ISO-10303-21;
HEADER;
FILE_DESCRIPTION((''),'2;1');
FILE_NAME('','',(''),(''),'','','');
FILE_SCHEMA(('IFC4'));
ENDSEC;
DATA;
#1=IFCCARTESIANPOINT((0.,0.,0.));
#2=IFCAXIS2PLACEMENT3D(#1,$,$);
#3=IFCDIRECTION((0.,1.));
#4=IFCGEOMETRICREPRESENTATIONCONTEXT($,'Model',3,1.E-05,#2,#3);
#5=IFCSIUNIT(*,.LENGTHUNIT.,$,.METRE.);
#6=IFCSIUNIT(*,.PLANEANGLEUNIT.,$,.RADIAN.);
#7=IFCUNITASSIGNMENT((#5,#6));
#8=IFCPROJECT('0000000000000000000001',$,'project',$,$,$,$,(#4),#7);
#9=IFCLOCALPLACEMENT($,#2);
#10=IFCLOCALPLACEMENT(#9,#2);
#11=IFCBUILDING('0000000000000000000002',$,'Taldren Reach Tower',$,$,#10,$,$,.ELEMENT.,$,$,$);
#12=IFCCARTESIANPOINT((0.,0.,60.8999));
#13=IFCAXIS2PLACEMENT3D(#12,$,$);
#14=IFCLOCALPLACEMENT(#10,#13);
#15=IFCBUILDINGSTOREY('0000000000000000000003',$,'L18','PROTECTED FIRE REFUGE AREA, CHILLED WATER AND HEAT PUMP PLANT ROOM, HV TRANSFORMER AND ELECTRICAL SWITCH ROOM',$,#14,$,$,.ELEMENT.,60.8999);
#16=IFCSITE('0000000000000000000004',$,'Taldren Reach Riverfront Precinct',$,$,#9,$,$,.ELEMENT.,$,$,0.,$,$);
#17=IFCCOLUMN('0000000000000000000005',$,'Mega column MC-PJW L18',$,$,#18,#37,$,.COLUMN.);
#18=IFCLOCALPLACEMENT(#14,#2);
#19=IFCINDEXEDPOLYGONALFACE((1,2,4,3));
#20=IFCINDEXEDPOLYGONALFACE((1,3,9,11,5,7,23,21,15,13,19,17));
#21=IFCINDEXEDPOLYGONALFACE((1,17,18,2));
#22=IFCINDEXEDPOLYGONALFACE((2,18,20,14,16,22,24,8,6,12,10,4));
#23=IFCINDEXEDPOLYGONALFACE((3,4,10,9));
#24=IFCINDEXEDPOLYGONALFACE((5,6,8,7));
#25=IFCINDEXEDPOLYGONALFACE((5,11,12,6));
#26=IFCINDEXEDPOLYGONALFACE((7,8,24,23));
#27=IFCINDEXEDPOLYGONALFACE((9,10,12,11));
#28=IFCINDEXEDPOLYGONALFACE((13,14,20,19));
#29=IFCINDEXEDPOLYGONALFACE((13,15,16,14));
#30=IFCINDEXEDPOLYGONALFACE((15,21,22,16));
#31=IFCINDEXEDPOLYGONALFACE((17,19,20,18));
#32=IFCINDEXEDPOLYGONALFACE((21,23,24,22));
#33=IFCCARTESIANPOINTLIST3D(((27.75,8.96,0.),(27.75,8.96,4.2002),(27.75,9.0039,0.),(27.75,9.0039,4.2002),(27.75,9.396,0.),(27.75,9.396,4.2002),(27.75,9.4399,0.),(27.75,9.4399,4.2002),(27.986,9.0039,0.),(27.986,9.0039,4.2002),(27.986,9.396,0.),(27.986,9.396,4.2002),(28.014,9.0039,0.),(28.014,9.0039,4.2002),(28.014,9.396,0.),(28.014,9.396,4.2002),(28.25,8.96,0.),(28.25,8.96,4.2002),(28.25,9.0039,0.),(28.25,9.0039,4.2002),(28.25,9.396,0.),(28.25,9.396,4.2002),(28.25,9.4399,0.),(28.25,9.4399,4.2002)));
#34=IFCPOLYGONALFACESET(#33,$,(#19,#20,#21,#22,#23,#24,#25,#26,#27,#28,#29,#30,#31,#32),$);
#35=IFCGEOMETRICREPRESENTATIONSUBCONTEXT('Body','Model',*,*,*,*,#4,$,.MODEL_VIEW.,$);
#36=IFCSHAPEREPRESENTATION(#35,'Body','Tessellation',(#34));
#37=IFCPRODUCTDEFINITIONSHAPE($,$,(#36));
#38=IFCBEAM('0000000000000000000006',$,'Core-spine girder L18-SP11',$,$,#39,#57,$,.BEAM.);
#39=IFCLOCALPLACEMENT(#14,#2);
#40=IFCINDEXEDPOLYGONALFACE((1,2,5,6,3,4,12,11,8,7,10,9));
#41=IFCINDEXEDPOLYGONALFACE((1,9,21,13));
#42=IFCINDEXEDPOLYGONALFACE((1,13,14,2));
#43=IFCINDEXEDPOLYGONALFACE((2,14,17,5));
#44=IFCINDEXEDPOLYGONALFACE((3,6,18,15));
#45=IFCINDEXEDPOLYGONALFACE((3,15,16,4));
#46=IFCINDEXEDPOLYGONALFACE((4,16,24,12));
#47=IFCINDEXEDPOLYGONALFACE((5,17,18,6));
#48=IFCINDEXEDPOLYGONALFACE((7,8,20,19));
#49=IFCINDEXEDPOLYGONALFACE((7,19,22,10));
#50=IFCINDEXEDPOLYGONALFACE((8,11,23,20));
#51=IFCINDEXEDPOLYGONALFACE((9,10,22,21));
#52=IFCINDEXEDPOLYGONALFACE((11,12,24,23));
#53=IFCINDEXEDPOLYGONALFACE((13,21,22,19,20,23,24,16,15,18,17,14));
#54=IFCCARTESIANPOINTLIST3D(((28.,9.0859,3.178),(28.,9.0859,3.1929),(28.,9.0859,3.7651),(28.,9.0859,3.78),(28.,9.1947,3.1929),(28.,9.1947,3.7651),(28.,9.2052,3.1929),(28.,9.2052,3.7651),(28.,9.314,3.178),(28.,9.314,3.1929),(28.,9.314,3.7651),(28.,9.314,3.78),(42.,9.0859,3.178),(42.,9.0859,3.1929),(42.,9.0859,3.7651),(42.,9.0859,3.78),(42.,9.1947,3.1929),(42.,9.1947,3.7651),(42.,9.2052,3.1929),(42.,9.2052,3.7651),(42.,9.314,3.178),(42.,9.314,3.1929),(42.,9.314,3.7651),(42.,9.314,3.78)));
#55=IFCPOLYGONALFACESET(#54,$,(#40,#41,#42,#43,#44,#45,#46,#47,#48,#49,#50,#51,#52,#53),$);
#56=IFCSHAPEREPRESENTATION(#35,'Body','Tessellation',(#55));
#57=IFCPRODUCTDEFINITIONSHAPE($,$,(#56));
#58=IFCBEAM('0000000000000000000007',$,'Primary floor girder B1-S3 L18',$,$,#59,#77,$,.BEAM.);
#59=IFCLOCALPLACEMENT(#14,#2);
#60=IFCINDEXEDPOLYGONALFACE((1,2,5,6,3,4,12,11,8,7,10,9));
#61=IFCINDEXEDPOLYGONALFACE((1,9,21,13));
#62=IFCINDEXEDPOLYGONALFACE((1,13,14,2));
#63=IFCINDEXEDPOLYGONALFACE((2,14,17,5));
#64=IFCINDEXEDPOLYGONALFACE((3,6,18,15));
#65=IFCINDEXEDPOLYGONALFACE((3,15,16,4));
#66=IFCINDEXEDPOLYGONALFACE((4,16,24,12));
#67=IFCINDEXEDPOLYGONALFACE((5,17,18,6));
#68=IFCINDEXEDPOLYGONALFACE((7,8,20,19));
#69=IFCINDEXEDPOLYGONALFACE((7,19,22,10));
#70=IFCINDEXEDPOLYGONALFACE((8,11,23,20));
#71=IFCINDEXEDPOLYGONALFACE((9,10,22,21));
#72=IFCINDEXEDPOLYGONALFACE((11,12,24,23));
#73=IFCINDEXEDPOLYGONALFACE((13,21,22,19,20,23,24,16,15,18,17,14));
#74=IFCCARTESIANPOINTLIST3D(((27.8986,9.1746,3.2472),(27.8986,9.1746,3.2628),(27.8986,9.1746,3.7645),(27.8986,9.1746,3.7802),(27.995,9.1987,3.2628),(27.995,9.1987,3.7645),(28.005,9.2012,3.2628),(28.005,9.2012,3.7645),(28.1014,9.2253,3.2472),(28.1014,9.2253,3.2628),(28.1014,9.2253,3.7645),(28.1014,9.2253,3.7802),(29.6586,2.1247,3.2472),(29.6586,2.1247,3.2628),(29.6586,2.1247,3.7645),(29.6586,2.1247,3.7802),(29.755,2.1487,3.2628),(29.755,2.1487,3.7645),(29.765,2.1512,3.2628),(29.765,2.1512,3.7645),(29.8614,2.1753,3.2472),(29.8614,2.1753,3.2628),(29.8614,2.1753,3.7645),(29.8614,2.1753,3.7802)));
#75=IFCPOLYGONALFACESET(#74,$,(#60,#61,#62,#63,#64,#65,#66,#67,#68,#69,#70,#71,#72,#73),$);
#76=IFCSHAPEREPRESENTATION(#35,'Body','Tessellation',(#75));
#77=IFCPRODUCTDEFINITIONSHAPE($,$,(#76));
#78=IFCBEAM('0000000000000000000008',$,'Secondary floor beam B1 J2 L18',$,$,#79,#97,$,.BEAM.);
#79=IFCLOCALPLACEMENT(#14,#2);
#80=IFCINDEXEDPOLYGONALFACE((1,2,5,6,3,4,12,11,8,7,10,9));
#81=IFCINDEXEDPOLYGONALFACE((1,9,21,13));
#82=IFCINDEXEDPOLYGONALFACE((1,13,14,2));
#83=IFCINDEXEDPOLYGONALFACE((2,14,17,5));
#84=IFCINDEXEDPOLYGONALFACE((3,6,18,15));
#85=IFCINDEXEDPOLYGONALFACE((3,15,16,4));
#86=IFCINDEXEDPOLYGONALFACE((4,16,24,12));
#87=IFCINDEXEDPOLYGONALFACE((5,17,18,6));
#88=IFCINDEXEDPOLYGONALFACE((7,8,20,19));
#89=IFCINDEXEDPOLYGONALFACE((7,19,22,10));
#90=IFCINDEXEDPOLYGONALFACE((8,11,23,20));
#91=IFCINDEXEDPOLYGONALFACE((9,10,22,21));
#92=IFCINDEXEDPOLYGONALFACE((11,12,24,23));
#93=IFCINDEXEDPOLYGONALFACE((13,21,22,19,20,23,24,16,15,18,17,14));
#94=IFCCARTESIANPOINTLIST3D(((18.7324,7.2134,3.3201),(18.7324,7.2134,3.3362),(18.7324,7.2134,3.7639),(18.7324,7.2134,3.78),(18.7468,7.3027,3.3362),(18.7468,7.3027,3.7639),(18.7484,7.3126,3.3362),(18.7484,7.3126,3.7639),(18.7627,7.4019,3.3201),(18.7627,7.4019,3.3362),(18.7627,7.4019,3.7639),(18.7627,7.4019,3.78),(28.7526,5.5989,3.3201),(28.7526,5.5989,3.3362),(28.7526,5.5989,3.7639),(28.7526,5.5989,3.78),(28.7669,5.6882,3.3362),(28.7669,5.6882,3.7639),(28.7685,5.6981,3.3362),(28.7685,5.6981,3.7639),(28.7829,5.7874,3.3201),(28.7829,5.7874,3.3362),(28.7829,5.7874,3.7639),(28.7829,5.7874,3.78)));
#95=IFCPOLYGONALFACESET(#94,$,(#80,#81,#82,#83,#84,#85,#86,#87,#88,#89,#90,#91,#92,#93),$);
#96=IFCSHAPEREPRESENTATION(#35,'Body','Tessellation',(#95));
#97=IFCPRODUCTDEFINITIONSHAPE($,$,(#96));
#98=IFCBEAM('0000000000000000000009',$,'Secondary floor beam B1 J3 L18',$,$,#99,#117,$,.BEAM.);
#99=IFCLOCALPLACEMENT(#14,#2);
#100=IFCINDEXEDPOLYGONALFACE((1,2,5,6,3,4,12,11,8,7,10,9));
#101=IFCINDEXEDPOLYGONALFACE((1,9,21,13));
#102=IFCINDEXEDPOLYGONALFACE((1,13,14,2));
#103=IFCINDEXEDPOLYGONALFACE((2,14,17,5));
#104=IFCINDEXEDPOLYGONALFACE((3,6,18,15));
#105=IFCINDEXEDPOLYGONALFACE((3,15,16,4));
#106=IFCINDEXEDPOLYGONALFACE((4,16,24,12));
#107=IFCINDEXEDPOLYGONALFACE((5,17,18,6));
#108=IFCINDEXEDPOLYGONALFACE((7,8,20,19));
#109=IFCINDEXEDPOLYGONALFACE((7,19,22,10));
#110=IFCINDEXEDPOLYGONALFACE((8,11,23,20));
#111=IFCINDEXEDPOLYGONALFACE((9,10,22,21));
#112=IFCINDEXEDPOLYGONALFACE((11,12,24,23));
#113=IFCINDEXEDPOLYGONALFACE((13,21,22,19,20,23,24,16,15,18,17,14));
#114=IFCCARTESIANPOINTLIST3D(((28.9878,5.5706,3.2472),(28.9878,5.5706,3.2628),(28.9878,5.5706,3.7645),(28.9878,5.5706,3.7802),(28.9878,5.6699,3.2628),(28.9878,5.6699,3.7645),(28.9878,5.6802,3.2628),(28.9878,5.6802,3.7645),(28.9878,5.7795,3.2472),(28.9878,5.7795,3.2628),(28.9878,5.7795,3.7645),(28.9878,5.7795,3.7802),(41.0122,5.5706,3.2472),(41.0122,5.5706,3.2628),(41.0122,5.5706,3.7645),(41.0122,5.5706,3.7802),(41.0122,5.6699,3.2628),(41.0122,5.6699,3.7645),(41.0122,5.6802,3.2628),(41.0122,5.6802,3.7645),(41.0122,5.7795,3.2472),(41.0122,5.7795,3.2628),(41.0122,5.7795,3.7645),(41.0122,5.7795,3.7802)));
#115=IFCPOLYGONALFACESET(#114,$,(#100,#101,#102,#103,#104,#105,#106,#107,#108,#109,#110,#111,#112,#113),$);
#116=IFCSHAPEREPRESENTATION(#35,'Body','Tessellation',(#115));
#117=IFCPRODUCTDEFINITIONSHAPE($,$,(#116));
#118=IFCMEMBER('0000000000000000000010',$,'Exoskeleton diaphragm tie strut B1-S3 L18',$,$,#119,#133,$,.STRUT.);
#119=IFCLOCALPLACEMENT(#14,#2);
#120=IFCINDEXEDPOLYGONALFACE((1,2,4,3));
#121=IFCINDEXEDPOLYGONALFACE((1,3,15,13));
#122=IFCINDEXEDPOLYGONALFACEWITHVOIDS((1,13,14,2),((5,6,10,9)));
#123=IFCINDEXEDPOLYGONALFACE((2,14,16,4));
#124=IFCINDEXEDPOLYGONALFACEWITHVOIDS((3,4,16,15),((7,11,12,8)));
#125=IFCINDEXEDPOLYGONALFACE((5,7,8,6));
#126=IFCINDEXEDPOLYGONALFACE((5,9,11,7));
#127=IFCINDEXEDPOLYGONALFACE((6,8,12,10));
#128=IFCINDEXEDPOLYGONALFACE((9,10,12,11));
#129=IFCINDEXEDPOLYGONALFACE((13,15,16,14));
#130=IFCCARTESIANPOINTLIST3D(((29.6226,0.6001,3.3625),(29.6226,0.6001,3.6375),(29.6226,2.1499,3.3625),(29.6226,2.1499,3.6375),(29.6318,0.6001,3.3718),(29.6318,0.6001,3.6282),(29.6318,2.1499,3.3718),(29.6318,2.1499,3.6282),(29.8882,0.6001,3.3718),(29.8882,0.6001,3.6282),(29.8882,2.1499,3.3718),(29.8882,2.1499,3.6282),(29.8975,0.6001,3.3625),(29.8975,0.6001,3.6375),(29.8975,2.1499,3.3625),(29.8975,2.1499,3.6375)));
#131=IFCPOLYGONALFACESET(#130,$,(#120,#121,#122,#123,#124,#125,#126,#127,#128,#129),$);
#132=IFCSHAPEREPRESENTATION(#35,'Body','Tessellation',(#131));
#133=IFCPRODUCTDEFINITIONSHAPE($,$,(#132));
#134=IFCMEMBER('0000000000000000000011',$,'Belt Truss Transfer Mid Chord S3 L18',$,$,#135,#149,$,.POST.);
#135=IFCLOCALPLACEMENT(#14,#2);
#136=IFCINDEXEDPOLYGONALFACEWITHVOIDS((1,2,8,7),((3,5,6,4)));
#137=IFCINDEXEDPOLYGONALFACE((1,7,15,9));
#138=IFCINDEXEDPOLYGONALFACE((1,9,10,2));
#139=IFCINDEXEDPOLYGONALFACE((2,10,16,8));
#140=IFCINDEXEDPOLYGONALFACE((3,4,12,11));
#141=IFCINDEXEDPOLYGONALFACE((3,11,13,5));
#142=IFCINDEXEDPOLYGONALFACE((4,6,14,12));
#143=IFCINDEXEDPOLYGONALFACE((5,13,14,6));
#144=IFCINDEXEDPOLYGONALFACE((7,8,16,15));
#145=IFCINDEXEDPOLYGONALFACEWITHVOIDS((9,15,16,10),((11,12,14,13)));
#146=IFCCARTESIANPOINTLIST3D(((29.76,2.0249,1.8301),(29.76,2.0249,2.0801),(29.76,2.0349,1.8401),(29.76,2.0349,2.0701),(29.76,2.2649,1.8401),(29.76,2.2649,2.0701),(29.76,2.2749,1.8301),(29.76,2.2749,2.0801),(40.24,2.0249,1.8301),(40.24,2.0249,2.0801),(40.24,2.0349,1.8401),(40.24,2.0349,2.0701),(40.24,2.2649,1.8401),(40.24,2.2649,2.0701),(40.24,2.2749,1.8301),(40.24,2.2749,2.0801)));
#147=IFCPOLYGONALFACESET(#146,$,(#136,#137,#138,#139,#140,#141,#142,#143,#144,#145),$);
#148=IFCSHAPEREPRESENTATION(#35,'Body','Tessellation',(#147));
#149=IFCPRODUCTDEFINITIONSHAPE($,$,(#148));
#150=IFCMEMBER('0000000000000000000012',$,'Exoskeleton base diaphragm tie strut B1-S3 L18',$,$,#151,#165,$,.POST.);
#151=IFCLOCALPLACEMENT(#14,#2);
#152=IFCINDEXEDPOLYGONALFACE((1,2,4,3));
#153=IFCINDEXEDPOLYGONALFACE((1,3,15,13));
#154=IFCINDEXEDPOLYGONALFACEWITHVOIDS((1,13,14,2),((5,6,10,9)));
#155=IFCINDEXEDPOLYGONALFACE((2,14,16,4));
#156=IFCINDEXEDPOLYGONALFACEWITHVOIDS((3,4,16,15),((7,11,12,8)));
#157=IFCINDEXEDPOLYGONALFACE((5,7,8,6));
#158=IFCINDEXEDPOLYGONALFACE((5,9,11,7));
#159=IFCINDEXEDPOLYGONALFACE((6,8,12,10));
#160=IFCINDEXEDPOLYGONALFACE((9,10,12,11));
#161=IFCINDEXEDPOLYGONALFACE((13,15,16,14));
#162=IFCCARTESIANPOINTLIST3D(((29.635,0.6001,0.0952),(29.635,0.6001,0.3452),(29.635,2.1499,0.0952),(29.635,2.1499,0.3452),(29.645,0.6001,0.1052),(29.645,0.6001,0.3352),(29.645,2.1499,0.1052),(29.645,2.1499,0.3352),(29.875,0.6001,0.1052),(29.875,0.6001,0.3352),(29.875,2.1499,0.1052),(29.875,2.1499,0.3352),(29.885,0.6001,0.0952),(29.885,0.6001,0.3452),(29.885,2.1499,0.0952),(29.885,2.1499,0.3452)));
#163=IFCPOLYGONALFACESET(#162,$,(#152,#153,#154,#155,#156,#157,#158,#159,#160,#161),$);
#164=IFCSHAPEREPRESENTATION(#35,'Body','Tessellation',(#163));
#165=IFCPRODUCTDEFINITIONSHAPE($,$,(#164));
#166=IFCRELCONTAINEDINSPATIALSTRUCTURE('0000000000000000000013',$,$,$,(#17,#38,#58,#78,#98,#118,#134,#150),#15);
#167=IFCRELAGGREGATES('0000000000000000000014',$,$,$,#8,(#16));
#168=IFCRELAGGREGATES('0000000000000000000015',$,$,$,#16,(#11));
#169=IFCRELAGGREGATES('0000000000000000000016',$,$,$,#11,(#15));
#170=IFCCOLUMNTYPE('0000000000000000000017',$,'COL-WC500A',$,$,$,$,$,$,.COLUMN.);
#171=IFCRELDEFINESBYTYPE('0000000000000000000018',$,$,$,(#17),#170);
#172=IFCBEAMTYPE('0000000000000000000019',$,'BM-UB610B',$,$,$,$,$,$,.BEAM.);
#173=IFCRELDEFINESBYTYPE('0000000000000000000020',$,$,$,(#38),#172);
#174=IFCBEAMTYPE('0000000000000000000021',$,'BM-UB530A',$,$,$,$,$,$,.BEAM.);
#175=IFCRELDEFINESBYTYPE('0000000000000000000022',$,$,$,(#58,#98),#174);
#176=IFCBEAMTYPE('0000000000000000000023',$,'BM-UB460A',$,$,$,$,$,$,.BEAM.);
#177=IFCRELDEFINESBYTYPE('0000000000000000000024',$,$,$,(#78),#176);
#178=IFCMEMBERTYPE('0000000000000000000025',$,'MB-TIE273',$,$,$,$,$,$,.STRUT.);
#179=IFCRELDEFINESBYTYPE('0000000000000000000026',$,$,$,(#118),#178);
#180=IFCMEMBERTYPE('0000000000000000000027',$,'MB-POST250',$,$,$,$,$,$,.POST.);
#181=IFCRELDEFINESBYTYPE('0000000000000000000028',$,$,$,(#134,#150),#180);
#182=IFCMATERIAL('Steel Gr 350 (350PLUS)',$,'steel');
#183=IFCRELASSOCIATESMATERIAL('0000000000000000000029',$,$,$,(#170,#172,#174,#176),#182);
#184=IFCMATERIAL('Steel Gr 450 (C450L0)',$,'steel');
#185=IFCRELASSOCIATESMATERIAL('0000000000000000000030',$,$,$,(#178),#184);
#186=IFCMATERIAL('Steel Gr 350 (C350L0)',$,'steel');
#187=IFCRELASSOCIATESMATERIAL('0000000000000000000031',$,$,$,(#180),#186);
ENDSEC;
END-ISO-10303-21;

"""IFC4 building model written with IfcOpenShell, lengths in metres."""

from ifc_helpers import new_model, si_unit, direction, frame, origin, origin_2d, place, context, subcontext, project, spatial, hollow_rectangle, i_section, extrude, source, transform, mapped, material, material_profile, profile_set, type_object, element, save


model = new_model("IFC4")

# Units and contexts
model_context = context("Model", 3, precision=1e-05, world=origin(), true_north=direction((0.0, 1.0)))
body_context = subcontext(model_context, "Body", "Model", "MODEL_VIEW")
ifc_project = project(units=[si_unit("LENGTHUNIT", "METRE"), si_unit("PLANEANGLEUNIT", "RADIAN")], contexts=[model_context])

# Site, building, storey
site_placement = place(None, origin())
site = spatial("IfcSite", under=ifc_project, at=site_placement, Name="Taldren Reach Riverfront Precinct", CompositionType="ELEMENT", RefElevation=0.0)
building_placement = place(site_placement, origin())
building = spatial("IfcBuilding", under=site, at=building_placement, Name="Taldren Reach Tower", CompositionType="ELEMENT")
storey_placement = place(building_placement, frame((0.0, 0.0, 60.8999)))
storey = spatial("IfcBuildingStorey", under=building, at=storey_placement, Name="L18", Description="PROTECTED FIRE REFUGE AREA, CHILLED WATER AND HEAT PUMP PLANT ROOM, HV TRANSFORMER AND ELECTRICAL SWITCH ROOM", CompositionType="ELEMENT", Elevation=60.8999)

# Column
ifc_material_1 = material(Name="Steel Gr 350 (350PLUS)", Category="steel")
ifc_material_profile_1 = material_profile(ifc_material_1, i_section(OverallWidth=0.5, OverallDepth=0.48, WebThickness=0.0281, FlangeThickness=0.0439, at=origin_2d()), Name="500WC440")
ifc_profile_set_1 = profile_set([ifc_material_profile_1], Name="Steel Gr 350 (350PLUS)")
column_type = type_object("IfcColumnType", Name="COL-WC500A", PredefinedType="COLUMN", material=ifc_profile_set_1)
shared_shape_1 = source(origin(), body_context, "Body", "SweptSolid", [
    extrude(i_section(OverallWidth=0.5, OverallDepth=0.48, WebThickness=0.0281, FlangeThickness=0.0439, at=origin_2d()), origin(), (0.0, 0.0, 1.0), 4.2002),
])
column_placement = place(storey_placement, frame((28.0, 9.2, 0.0), z_axis=(0.0, 0.0, 1.0), x_axis=(1.0, 0.0, 0.0)))
element("IfcColumn", 1, at=column_placement, inside=storey, type_object=column_type, Name="Mega column MC-PJW L18", PredefinedType="COLUMN", context=body_context, shape_type="MappedRepresentation", body=[
    mapped(shared_shape_1, transform((0.0, 0.0, 0.0), scale=1.0)),
])

# Beams
ifc_material_profile_2 = material_profile(ifc_material_1, i_section(OverallWidth=0.228, OverallDepth=0.6021, WebThickness=0.0105, FlangeThickness=0.0149, at=origin_2d()), Name="610UB101")
ifc_profile_set_2 = profile_set([ifc_material_profile_2], Name="Steel Gr 350 (350PLUS)")
beam_type_1 = type_object("IfcBeamType", Name="BM-UB610B", PredefinedType="BEAM", material=ifc_profile_set_2)
shared_shape_2 = source(origin(), body_context, "Body", "SweptSolid", [
    extrude(i_section(OverallWidth=0.228, OverallDepth=0.6021, WebThickness=0.0105, FlangeThickness=0.0149, at=origin_2d()), origin(), (0.0, 0.0, 1.0), 14.0),
])
beam_1_placement = place(storey_placement, frame((28.0, 9.2, 3.479), z_axis=(1.0, 0.0, 0.0), x_axis=(0.0, 1.0, 0.0)))
element("IfcBeam", 2, at=beam_1_placement, inside=storey, type_object=beam_type_1, Name="Core-spine girder L18-SP11", PredefinedType="BEAM", context=body_context, shape_type="MappedRepresentation", body=[
    mapped(shared_shape_2, transform((0.0, 0.0, 0.0), scale=1.0)),
])
ifc_material_profile_3 = material_profile(ifc_material_1, i_section(OverallWidth=0.209, OverallDepth=0.533, WebThickness=0.0103, FlangeThickness=0.0156, at=origin_2d()), Name="530UB92.4")
ifc_profile_set_3 = profile_set([ifc_material_profile_3], Name="Steel Gr 350 (350PLUS)")
beam_type_2 = type_object("IfcBeamType", Name="BM-UB530A", PredefinedType="BEAM", material=ifc_profile_set_3)
shared_shape_3 = source(origin(), body_context, "Body", "SweptSolid", [
    extrude(i_section(OverallWidth=0.209, OverallDepth=0.533, WebThickness=0.0103, FlangeThickness=0.0156, at=origin_2d()), origin(), (0.0, 0.0, 1.0), 7.2664),
])
beam_2_placement = place(storey_placement, frame((28.0, 9.2, 3.5137), z_axis=(0.242211, -0.970223, 0.0), x_axis=(0.970223, 0.242211, 0.0)))
element("IfcBeam", 3, at=beam_2_placement, inside=storey, type_object=beam_type_2, Name="Primary floor girder B1-S3 L18", PredefinedType="BEAM", context=body_context, shape_type="MappedRepresentation", body=[
    mapped(shared_shape_3, transform((0.0, 0.0, 0.0), scale=1.0)),
])
ifc_material_profile_4 = material_profile(ifc_material_1, i_section(OverallWidth=0.1909, OverallDepth=0.46, WebThickness=0.01, FlangeThickness=0.0161, at=origin_2d()), Name="460UB82.1")
ifc_profile_set_4 = profile_set([ifc_material_profile_4], Name="Steel Gr 350 (350PLUS)")
beam_type_3 = type_object("IfcBeamType", Name="BM-UB460A", PredefinedType="BEAM", material=ifc_profile_set_4)
shared_shape_4 = source(origin(), body_context, "Body", "SweptSolid", [
    extrude(i_section(OverallWidth=0.1909, OverallDepth=0.46, WebThickness=0.01, FlangeThickness=0.0161, at=origin_2d()), origin(), (0.0, 0.0, 1.0), 10.1494),
])
beam_3_placement = place(storey_placement, frame((18.7476, 7.3076, 3.55), z_axis=(0.987267, -0.159072, 0.0), x_axis=(0.159072, 0.987267, 0.0)))
element("IfcBeam", 4, at=beam_3_placement, inside=storey, type_object=beam_type_3, Name="Secondary floor beam B1 J2 L18", PredefinedType="BEAM", context=body_context, shape_type="MappedRepresentation", body=[
    mapped(shared_shape_4, transform((0.0, 0.0, 0.0), scale=1.0)),
])
shared_shape_5 = source(origin(), body_context, "Body", "SweptSolid", [
    extrude(i_section(OverallWidth=0.209, OverallDepth=0.533, WebThickness=0.0103, FlangeThickness=0.0156, at=origin_2d()), origin(), (0.0, 0.0, 1.0), 12.0244),
])
beam_4_placement = place(storey_placement, frame((28.9878, 5.675, 3.5137), z_axis=(1.0, 0.0, 0.0), x_axis=(0.0, 1.0, 0.0)))
element("IfcBeam", 5, at=beam_4_placement, inside=storey, type_object=beam_type_2, Name="Secondary floor beam B1 J3 L18", PredefinedType="BEAM", context=body_context, shape_type="MappedRepresentation", body=[
    mapped(shared_shape_5, transform((0.0, 0.0, 0.0), scale=1.0)),
])

# Members
ifc_material_2 = material(Name="Steel Gr 450 (C450L0)", Category="steel")
ifc_material_profile_5 = material_profile(ifc_material_2, hollow_rectangle(XDim=0.2749, YDim=0.2749, WallThickness=0.0093, at=origin_2d()), Name="275x275x9.3SHS")
ifc_profile_set_5 = profile_set([ifc_material_profile_5], Name="Steel Gr 450 (C450L0)")
member_type_1 = type_object("IfcMemberType", Name="MB-TIE273", PredefinedType="STRUT", material=ifc_profile_set_5)
shared_shape_6 = source(origin(), body_context, "Body", "SweptSolid", [
    extrude(hollow_rectangle(XDim=0.2749, YDim=0.2749, WallThickness=0.0093, at=origin_2d()), origin(), (0.0, 0.0, 1.0), 1.5498),
])
member_1_placement = place(storey_placement, frame((29.76, 2.1499, 3.5), z_axis=(0.0, -1.0, 0.0), x_axis=(1.0, 0.0, 0.0)))
element("IfcMember", 6, at=member_1_placement, inside=storey, type_object=member_type_1, Name="Exoskeleton diaphragm tie strut B1-S3 L18", PredefinedType="STRUT", context=body_context, shape_type="MappedRepresentation", body=[
    mapped(shared_shape_6, transform((0.0, 0.0, 0.0), scale=1.0)),
])
ifc_material_3 = material(Name="Steel Gr 350 (C350L0)", Category="steel")
ifc_material_profile_6 = material_profile(ifc_material_3, hollow_rectangle(XDim=0.25, YDim=0.25, WallThickness=0.01, at=origin_2d()), Name="250x250x10.0SHS")
ifc_profile_set_6 = profile_set([ifc_material_profile_6], Name="Steel Gr 350 (C350L0)")
member_type_2 = type_object("IfcMemberType", Name="MB-POST250", PredefinedType="POST", material=ifc_profile_set_6)
shared_shape_7 = source(origin(), body_context, "Body", "SweptSolid", [
    extrude(hollow_rectangle(XDim=0.25, YDim=0.25, WallThickness=0.01, at=origin_2d()), origin(), (0.0, 0.0, 1.0), 10.48),
])
member_2_placement = place(storey_placement, frame((29.76, 2.1499, 1.9551), z_axis=(1.0, 0.0, 0.0), x_axis=(0.0, 1.0, 0.0)))
element("IfcMember", 7, at=member_2_placement, inside=storey, type_object=member_type_2, Name="Belt Truss Transfer Mid Chord S3 L18", PredefinedType="POST", context=body_context, shape_type="MappedRepresentation", body=[
    mapped(shared_shape_7, transform((0.0, 0.0, 0.0), scale=1.0)),
])
shared_shape_8 = source(origin(), body_context, "Body", "SweptSolid", [
    extrude(hollow_rectangle(XDim=0.25, YDim=0.25, WallThickness=0.01, at=origin_2d()), origin(), (0.0, 0.0, 1.0), 1.5498),
])
for number, where, z_axis, x_axis, name in (
    (8, (29.76, 2.1499, 0.2202), (0.0, -1.0, 0.0), (1.0, 0.0, 0.0), "Exoskeleton base diaphragm tie strut B1-S3 L18"),
):
    element("IfcMember", number, at=place(storey_placement, frame(where, z_axis=z_axis, x_axis=x_axis)), inside=storey, type_object=member_type_2, Name=name, PredefinedType="POST", context=body_context, shape_type="MappedRepresentation", body=[
        mapped(shared_shape_8, transform((0.0, 0.0, 0.0), scale=1.0)),
    ])

save(model, "model.ifc")
